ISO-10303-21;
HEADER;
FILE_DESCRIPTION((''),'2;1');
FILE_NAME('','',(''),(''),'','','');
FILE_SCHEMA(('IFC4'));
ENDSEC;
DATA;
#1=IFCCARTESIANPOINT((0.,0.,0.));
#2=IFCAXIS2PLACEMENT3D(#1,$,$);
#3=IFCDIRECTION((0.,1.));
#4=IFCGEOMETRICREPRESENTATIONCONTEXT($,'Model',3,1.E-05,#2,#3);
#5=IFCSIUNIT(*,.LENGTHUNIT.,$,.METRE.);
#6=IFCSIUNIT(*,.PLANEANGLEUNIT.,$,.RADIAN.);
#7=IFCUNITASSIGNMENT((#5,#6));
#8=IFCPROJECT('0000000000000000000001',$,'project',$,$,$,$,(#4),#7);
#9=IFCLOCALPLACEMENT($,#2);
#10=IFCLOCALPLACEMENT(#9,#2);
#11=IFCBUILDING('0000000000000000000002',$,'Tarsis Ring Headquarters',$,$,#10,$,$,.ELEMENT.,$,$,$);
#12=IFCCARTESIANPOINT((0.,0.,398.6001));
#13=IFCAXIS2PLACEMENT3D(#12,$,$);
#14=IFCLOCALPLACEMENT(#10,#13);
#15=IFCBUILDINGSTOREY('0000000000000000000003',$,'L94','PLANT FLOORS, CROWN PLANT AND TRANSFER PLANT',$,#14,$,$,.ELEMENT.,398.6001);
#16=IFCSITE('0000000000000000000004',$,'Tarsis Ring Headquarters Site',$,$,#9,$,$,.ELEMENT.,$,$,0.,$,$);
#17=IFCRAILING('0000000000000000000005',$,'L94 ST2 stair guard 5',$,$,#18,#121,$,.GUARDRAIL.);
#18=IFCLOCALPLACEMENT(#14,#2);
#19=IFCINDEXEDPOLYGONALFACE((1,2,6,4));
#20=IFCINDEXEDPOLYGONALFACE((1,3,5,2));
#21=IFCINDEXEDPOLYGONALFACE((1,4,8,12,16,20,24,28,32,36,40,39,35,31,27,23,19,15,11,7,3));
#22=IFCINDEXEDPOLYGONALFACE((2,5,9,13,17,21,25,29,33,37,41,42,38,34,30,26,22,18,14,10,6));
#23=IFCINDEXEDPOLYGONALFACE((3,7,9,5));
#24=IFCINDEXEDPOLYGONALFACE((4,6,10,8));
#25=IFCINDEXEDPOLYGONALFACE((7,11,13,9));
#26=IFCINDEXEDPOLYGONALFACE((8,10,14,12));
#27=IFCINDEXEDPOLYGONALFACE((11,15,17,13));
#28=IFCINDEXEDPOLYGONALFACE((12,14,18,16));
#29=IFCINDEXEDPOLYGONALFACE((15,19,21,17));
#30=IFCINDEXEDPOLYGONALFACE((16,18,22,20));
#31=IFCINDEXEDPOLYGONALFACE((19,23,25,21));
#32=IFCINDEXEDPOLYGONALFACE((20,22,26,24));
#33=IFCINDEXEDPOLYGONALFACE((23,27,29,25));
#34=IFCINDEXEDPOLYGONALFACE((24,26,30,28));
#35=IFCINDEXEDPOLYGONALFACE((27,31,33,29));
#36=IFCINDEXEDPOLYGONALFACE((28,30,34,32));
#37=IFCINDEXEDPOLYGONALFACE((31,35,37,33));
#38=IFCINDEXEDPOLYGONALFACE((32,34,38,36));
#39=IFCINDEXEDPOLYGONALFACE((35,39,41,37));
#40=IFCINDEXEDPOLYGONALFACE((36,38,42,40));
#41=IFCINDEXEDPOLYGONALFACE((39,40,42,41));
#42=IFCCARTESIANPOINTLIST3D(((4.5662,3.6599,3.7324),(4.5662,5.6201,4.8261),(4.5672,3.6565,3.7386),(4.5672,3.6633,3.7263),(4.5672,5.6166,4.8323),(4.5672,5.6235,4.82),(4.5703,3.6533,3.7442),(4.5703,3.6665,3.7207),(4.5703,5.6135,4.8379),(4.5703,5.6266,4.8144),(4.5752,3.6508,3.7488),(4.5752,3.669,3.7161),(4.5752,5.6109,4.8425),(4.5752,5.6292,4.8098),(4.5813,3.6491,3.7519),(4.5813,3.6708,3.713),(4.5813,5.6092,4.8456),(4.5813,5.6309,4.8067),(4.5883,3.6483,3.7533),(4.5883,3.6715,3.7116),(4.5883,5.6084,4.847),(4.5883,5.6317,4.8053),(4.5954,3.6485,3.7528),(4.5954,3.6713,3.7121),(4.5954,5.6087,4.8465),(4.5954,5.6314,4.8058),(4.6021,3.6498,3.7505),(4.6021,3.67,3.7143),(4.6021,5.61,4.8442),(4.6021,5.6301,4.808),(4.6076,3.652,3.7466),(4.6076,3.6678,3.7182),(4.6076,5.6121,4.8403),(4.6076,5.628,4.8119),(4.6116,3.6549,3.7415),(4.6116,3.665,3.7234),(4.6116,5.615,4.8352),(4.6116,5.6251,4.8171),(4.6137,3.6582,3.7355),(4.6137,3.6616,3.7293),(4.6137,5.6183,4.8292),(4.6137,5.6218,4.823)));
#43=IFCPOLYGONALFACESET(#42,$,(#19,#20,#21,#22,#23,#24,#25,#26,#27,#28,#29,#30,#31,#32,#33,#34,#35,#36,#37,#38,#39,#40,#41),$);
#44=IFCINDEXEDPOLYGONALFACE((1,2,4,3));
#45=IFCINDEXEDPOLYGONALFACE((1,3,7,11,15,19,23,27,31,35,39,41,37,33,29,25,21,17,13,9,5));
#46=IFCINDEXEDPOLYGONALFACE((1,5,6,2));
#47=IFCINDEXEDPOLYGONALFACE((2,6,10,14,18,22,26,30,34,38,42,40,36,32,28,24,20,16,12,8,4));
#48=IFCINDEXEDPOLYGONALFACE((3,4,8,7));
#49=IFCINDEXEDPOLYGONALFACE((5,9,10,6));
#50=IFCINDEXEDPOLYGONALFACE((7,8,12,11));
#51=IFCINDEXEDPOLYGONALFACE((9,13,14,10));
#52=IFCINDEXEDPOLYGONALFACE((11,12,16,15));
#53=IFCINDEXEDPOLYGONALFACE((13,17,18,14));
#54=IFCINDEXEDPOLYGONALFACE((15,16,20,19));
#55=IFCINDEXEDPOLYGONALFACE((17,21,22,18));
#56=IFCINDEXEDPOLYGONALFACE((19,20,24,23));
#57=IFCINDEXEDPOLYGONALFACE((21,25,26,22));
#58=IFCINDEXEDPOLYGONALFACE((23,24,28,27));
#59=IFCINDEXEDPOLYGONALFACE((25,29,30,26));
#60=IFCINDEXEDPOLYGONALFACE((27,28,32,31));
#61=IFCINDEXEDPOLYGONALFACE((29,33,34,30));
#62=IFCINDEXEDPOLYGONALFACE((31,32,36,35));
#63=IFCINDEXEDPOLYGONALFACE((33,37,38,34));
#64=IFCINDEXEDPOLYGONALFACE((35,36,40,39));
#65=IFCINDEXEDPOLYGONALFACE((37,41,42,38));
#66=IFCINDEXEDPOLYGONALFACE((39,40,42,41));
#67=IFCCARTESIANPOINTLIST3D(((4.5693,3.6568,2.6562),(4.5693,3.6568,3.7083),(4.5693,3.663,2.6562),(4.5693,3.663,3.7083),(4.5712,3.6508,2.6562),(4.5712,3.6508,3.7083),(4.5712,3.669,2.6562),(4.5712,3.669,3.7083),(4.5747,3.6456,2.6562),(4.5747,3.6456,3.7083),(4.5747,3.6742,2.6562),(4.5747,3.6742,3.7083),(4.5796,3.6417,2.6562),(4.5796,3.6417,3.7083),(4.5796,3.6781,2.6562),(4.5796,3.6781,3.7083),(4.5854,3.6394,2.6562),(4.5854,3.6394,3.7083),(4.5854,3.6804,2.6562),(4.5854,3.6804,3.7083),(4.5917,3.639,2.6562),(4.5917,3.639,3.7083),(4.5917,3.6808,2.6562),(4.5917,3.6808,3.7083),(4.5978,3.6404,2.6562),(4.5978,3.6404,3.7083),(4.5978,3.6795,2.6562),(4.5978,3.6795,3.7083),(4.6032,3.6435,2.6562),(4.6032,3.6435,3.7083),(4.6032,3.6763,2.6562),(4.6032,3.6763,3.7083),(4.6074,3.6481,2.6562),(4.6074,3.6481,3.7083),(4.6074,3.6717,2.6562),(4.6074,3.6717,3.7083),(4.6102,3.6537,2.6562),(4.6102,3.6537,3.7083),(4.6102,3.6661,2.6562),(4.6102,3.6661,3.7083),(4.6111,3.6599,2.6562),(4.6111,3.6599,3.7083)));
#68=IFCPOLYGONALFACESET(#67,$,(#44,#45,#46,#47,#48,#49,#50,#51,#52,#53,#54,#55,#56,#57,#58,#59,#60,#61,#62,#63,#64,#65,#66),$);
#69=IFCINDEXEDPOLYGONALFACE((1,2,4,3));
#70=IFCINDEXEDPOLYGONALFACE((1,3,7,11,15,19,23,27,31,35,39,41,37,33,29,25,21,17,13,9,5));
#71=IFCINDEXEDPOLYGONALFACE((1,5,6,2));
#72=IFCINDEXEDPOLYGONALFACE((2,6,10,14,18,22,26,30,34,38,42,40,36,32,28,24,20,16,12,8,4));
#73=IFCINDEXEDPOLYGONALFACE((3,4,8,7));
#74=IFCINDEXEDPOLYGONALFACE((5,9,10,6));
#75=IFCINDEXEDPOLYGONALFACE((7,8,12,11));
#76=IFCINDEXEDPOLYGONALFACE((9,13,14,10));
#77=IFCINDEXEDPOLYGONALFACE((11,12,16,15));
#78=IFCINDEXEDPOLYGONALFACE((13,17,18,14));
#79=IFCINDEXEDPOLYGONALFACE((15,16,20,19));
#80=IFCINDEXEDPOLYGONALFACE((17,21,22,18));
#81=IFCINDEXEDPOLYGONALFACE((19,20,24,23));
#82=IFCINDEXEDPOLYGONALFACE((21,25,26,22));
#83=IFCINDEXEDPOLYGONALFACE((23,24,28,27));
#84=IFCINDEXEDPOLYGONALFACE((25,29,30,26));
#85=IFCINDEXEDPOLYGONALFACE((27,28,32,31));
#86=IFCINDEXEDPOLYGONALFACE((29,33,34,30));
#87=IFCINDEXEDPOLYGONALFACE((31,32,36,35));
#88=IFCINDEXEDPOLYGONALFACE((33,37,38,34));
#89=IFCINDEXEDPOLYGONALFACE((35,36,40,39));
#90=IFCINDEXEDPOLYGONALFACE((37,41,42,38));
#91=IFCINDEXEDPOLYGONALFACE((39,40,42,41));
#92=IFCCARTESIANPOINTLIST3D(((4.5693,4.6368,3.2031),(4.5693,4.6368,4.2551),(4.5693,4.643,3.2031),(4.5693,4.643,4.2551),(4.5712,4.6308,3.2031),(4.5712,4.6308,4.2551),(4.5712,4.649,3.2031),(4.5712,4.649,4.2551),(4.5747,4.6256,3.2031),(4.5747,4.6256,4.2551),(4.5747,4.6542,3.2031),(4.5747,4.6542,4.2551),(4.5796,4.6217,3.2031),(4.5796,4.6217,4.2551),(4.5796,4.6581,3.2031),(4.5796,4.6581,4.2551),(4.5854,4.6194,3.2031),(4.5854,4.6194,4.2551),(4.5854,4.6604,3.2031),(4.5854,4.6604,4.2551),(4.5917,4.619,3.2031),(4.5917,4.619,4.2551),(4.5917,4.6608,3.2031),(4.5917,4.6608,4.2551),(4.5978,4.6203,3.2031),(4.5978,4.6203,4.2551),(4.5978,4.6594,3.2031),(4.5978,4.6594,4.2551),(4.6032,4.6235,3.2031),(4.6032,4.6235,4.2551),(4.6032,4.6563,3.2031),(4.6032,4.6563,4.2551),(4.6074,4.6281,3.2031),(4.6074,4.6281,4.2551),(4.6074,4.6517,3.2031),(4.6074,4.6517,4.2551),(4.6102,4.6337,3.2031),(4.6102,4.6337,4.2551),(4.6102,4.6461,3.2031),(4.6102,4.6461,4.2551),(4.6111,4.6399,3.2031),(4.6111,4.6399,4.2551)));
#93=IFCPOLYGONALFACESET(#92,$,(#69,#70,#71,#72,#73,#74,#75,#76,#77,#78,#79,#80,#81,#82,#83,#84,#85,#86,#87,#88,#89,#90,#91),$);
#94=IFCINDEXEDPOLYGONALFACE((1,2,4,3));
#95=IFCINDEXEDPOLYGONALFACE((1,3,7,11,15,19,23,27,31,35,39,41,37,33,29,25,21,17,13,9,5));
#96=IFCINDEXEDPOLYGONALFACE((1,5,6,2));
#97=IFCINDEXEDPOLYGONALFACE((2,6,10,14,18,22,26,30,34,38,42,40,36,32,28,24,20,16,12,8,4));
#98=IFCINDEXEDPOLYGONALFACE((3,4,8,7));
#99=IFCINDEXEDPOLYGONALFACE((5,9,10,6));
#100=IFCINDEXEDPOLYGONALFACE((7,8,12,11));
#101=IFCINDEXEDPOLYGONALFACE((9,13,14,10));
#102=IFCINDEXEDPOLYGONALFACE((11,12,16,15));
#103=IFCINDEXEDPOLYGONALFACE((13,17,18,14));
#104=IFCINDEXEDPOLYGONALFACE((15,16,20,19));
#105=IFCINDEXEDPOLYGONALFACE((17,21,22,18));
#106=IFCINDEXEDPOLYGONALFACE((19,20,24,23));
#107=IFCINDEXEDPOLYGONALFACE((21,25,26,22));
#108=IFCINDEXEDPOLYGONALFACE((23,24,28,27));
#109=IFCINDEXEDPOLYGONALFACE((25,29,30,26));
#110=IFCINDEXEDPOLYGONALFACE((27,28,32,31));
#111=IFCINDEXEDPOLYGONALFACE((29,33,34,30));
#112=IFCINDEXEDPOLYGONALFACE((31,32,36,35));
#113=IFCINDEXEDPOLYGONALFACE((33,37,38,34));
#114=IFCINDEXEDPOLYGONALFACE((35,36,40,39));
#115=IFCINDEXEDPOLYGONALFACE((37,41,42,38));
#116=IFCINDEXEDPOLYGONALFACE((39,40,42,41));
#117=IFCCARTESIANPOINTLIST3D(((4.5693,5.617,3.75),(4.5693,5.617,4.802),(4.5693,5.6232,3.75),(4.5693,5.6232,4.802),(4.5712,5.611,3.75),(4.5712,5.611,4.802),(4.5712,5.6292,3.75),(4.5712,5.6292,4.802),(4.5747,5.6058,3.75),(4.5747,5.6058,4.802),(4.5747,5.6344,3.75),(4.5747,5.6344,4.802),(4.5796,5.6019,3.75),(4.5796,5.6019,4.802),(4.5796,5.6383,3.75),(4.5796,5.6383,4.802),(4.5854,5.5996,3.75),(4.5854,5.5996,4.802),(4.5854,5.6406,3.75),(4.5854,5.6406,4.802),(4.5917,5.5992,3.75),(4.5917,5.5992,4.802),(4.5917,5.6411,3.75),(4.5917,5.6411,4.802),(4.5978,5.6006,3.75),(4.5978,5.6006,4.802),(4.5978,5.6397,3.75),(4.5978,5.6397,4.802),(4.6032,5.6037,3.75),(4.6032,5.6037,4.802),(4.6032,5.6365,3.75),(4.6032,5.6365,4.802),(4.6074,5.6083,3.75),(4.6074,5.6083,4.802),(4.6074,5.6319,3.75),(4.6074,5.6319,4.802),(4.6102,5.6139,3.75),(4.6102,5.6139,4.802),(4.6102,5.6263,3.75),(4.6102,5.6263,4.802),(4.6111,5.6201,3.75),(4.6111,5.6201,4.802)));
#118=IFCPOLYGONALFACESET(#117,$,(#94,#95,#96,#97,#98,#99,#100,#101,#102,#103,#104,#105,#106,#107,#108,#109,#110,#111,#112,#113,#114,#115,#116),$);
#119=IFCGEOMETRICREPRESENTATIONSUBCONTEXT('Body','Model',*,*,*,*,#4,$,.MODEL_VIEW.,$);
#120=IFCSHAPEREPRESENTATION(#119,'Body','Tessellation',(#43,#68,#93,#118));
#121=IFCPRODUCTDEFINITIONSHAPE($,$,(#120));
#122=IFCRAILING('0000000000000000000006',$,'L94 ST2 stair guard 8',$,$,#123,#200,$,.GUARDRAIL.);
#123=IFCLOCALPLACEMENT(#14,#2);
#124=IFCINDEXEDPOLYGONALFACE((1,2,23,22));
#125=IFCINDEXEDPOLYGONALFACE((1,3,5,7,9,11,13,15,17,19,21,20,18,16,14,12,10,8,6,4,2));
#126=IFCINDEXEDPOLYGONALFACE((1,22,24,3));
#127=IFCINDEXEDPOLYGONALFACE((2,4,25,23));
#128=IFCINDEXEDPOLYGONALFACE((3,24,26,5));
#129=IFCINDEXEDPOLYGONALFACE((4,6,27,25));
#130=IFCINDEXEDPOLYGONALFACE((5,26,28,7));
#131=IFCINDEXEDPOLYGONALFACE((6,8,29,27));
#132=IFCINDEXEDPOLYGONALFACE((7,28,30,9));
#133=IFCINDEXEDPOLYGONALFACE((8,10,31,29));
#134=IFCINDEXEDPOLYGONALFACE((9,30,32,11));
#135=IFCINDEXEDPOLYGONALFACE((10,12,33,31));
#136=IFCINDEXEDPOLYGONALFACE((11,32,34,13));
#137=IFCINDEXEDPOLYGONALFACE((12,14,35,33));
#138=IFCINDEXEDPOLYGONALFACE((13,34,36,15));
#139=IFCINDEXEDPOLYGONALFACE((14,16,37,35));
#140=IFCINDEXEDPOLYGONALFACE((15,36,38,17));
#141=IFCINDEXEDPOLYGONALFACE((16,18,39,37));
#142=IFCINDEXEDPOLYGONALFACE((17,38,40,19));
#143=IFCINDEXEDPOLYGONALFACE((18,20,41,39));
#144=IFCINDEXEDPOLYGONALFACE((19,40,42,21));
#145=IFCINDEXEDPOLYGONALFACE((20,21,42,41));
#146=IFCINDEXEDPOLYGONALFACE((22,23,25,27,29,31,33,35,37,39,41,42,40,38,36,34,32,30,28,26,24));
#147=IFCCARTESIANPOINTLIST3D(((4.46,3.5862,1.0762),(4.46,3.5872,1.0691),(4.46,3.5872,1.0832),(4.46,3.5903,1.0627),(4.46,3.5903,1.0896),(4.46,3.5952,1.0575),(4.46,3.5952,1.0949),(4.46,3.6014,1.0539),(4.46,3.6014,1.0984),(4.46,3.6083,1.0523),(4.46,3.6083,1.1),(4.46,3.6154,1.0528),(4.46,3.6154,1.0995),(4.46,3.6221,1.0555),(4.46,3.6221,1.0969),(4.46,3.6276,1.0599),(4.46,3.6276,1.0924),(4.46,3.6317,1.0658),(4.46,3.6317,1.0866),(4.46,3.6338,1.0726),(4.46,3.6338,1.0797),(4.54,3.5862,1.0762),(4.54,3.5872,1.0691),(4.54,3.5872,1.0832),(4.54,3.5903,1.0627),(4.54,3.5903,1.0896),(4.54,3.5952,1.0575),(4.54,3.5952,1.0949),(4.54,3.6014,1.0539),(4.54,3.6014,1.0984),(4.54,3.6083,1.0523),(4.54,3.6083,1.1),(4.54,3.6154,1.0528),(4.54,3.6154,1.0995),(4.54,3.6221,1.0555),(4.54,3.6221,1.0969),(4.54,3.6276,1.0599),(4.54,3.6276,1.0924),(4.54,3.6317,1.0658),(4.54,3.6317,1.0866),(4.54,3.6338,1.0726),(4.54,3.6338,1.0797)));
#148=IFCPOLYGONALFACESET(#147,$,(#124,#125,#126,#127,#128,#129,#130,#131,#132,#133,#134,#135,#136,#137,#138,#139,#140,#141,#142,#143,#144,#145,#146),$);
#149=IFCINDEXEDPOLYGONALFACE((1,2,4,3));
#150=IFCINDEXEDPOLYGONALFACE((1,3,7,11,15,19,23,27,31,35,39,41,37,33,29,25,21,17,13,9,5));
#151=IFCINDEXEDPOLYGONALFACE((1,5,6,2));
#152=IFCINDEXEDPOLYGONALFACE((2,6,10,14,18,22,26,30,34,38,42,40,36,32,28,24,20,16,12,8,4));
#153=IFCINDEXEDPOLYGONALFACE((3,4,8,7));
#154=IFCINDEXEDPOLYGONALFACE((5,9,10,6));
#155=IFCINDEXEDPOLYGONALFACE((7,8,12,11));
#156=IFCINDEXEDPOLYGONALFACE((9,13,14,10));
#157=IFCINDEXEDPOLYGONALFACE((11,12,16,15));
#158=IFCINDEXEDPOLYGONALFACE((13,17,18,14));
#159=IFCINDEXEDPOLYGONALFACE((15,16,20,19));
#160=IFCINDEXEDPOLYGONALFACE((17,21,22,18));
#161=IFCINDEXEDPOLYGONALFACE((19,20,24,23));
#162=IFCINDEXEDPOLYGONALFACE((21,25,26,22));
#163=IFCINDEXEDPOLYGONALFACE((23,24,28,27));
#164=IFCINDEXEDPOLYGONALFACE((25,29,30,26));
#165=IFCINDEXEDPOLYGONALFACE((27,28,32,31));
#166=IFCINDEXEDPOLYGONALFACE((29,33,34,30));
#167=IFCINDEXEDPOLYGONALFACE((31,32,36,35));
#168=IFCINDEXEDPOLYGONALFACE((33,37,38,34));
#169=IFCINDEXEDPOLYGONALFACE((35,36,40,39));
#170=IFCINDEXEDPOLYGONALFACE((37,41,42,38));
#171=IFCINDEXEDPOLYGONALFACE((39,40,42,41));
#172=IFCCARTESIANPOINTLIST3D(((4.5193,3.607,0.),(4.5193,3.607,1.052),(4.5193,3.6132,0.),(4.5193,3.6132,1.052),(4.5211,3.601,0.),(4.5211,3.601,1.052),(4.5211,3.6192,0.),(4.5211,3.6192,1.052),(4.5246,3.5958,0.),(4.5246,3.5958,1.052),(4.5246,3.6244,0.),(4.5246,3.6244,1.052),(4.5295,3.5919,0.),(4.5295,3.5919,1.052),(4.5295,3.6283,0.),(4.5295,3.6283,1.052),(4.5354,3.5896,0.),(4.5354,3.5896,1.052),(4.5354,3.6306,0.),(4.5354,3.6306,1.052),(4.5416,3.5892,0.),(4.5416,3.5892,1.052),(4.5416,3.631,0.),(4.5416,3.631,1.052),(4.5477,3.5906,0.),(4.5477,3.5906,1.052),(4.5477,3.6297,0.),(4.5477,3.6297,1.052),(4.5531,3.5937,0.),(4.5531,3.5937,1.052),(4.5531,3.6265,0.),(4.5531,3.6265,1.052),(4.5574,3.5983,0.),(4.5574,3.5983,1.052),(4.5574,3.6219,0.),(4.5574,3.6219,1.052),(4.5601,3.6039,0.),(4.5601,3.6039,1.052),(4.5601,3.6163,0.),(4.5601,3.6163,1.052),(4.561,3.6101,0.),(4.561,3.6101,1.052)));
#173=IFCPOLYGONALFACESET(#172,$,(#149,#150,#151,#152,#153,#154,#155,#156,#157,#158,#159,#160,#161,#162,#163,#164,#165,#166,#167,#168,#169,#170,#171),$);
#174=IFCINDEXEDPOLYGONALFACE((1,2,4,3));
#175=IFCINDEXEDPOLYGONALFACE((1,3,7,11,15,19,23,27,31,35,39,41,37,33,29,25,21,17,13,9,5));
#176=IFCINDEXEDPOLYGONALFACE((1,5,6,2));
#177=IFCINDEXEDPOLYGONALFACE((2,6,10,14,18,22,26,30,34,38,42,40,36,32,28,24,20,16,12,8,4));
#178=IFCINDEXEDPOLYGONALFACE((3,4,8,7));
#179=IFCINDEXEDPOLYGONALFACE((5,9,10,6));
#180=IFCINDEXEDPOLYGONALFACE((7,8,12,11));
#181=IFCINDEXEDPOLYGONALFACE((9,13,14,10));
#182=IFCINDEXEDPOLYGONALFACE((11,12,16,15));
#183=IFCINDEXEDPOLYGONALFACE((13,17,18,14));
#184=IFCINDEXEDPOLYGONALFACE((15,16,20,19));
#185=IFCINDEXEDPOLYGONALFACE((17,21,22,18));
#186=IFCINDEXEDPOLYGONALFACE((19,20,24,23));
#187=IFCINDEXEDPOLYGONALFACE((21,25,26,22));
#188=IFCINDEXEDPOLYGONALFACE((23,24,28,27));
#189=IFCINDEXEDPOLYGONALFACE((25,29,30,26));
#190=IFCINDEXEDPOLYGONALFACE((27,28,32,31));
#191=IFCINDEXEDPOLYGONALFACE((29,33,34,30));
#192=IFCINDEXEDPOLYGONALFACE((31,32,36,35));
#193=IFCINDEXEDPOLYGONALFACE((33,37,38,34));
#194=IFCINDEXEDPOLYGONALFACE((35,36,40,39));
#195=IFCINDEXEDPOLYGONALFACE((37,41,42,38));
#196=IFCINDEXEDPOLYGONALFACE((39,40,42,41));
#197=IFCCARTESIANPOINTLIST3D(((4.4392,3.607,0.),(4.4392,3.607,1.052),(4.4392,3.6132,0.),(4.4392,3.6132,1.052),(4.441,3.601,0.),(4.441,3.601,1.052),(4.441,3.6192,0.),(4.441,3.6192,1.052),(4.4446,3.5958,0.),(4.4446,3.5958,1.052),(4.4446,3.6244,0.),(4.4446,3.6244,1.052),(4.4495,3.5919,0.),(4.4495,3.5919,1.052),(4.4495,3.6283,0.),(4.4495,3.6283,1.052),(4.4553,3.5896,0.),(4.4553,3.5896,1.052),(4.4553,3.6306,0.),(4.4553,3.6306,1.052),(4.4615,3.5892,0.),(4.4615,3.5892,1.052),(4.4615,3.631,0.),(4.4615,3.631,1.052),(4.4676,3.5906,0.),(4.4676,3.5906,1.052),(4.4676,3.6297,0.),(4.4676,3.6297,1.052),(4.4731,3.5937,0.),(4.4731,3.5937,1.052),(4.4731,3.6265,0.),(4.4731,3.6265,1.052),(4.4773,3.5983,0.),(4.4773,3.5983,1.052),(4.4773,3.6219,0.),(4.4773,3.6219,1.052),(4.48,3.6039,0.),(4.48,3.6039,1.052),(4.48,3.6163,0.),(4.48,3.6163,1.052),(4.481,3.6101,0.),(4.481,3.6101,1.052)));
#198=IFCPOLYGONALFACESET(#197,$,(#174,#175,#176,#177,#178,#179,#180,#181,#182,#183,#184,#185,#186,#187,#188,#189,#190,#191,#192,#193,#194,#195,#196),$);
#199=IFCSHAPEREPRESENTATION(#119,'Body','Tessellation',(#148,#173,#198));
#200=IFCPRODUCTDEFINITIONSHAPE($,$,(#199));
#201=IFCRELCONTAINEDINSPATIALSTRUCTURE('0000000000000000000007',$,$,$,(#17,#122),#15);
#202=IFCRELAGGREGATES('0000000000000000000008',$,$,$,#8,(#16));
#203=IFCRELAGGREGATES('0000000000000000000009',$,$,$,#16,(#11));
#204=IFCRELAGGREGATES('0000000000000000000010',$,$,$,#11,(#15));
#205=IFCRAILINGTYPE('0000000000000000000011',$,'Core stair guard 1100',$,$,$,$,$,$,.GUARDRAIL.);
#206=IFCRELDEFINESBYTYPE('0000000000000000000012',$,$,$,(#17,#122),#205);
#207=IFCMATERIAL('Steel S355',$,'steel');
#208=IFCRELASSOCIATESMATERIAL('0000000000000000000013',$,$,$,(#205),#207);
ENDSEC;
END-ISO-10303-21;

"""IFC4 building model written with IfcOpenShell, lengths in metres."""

from ifc_helpers import new_model, si_unit, direction, frame, origin, origin_2d, place, context, subcontext, project, spatial, circle, extrude, material, type_object, element, save


model = new_model("IFC4")

# Units and contexts
model_context = context("Model", 3, precision=1e-05, world=origin(), true_north=direction((0.0, 1.0)))
body_context = subcontext(model_context, "Body", "Model", "MODEL_VIEW")
ifc_project = project(units=[si_unit("LENGTHUNIT", "METRE"), si_unit("PLANEANGLEUNIT", "RADIAN")], contexts=[model_context])

# Site, building, storey
site_placement = place(None, origin())
site = spatial("IfcSite", under=ifc_project, at=site_placement, Name="Tarsis Ring Headquarters Site", CompositionType="ELEMENT", RefElevation=0.0)
building_placement = place(site_placement, origin())
building = spatial("IfcBuilding", under=site, at=building_placement, Name="Tarsis Ring Headquarters", CompositionType="ELEMENT")
storey_placement = place(building_placement, frame((0.0, 0.0, 398.6001)))
storey = spatial("IfcBuildingStorey", under=building, at=storey_placement, Name="L94", Description="PLANT FLOORS, CROWN PLANT AND TRANSFER PLANT", CompositionType="ELEMENT", Elevation=398.6001)

# Railings
ifc_material_1 = material(Name="Steel S355", Category="steel")
railing_type_1 = type_object("IfcRailingType", Name="Core stair guard 1100", PredefinedType="GUARDRAIL", material=ifc_material_1)
railing_1_placement = place(storey_placement, frame((4.5901, 3.6599, 2.6562)))
element("IfcRailing", 1, at=railing_1_placement, inside=storey, type_object=railing_type_1, Name="L94 ST2 stair guard 5", PredefinedType="GUARDRAIL", context=body_context, shape_type="SweptSolid", body=[
    extrude(circle(Radius=0.0239, at=origin_2d()), frame((0.0, 0.0, 1.0762), z_axis=(0.0, 0.873258, 0.487258), x_axis=(-1.0, 0.0, 0.0)), (0.0, 0.0, 1.0), 2.2446),
    extrude(circle(Radius=0.021, at=origin_2d()), origin(), (0.0, 0.0, 1.0), 1.052),
    extrude(circle(Radius=0.021, at=origin_2d()), frame((0.0, 0.98, 0.5469)), (0.0, 0.0, 1.0), 1.052),
    extrude(circle(Radius=0.021, at=origin_2d()), frame((0.0, 1.9602, 1.0938)), (0.0, 0.0, 1.0), 1.052),
])
railing_2_placement = place(storey_placement, frame((4.54, 3.6101, 0.0)))
element("IfcRailing", 2, at=railing_2_placement, inside=storey, type_object=railing_type_1, Name="L94 ST2 stair guard 8", PredefinedType="GUARDRAIL", context=body_context, shape_type="SweptSolid", body=[
    extrude(circle(Radius=0.0239, at=origin_2d()), frame((0.0, 0.0, 1.0762), z_axis=(-1.0, 0.0, 0.0), x_axis=(0.0, -1.0, 0.0)), (0.0, 0.0, 1.0), 0.0801),
    extrude(circle(Radius=0.021, at=origin_2d()), origin(), (0.0, 0.0, 1.0), 1.052),
    extrude(circle(Radius=0.021, at=origin_2d()), frame((-0.0801, 0.0, 0.0)), (0.0, 0.0, 1.0), 1.052),
])

save(model, "model.ifc")
